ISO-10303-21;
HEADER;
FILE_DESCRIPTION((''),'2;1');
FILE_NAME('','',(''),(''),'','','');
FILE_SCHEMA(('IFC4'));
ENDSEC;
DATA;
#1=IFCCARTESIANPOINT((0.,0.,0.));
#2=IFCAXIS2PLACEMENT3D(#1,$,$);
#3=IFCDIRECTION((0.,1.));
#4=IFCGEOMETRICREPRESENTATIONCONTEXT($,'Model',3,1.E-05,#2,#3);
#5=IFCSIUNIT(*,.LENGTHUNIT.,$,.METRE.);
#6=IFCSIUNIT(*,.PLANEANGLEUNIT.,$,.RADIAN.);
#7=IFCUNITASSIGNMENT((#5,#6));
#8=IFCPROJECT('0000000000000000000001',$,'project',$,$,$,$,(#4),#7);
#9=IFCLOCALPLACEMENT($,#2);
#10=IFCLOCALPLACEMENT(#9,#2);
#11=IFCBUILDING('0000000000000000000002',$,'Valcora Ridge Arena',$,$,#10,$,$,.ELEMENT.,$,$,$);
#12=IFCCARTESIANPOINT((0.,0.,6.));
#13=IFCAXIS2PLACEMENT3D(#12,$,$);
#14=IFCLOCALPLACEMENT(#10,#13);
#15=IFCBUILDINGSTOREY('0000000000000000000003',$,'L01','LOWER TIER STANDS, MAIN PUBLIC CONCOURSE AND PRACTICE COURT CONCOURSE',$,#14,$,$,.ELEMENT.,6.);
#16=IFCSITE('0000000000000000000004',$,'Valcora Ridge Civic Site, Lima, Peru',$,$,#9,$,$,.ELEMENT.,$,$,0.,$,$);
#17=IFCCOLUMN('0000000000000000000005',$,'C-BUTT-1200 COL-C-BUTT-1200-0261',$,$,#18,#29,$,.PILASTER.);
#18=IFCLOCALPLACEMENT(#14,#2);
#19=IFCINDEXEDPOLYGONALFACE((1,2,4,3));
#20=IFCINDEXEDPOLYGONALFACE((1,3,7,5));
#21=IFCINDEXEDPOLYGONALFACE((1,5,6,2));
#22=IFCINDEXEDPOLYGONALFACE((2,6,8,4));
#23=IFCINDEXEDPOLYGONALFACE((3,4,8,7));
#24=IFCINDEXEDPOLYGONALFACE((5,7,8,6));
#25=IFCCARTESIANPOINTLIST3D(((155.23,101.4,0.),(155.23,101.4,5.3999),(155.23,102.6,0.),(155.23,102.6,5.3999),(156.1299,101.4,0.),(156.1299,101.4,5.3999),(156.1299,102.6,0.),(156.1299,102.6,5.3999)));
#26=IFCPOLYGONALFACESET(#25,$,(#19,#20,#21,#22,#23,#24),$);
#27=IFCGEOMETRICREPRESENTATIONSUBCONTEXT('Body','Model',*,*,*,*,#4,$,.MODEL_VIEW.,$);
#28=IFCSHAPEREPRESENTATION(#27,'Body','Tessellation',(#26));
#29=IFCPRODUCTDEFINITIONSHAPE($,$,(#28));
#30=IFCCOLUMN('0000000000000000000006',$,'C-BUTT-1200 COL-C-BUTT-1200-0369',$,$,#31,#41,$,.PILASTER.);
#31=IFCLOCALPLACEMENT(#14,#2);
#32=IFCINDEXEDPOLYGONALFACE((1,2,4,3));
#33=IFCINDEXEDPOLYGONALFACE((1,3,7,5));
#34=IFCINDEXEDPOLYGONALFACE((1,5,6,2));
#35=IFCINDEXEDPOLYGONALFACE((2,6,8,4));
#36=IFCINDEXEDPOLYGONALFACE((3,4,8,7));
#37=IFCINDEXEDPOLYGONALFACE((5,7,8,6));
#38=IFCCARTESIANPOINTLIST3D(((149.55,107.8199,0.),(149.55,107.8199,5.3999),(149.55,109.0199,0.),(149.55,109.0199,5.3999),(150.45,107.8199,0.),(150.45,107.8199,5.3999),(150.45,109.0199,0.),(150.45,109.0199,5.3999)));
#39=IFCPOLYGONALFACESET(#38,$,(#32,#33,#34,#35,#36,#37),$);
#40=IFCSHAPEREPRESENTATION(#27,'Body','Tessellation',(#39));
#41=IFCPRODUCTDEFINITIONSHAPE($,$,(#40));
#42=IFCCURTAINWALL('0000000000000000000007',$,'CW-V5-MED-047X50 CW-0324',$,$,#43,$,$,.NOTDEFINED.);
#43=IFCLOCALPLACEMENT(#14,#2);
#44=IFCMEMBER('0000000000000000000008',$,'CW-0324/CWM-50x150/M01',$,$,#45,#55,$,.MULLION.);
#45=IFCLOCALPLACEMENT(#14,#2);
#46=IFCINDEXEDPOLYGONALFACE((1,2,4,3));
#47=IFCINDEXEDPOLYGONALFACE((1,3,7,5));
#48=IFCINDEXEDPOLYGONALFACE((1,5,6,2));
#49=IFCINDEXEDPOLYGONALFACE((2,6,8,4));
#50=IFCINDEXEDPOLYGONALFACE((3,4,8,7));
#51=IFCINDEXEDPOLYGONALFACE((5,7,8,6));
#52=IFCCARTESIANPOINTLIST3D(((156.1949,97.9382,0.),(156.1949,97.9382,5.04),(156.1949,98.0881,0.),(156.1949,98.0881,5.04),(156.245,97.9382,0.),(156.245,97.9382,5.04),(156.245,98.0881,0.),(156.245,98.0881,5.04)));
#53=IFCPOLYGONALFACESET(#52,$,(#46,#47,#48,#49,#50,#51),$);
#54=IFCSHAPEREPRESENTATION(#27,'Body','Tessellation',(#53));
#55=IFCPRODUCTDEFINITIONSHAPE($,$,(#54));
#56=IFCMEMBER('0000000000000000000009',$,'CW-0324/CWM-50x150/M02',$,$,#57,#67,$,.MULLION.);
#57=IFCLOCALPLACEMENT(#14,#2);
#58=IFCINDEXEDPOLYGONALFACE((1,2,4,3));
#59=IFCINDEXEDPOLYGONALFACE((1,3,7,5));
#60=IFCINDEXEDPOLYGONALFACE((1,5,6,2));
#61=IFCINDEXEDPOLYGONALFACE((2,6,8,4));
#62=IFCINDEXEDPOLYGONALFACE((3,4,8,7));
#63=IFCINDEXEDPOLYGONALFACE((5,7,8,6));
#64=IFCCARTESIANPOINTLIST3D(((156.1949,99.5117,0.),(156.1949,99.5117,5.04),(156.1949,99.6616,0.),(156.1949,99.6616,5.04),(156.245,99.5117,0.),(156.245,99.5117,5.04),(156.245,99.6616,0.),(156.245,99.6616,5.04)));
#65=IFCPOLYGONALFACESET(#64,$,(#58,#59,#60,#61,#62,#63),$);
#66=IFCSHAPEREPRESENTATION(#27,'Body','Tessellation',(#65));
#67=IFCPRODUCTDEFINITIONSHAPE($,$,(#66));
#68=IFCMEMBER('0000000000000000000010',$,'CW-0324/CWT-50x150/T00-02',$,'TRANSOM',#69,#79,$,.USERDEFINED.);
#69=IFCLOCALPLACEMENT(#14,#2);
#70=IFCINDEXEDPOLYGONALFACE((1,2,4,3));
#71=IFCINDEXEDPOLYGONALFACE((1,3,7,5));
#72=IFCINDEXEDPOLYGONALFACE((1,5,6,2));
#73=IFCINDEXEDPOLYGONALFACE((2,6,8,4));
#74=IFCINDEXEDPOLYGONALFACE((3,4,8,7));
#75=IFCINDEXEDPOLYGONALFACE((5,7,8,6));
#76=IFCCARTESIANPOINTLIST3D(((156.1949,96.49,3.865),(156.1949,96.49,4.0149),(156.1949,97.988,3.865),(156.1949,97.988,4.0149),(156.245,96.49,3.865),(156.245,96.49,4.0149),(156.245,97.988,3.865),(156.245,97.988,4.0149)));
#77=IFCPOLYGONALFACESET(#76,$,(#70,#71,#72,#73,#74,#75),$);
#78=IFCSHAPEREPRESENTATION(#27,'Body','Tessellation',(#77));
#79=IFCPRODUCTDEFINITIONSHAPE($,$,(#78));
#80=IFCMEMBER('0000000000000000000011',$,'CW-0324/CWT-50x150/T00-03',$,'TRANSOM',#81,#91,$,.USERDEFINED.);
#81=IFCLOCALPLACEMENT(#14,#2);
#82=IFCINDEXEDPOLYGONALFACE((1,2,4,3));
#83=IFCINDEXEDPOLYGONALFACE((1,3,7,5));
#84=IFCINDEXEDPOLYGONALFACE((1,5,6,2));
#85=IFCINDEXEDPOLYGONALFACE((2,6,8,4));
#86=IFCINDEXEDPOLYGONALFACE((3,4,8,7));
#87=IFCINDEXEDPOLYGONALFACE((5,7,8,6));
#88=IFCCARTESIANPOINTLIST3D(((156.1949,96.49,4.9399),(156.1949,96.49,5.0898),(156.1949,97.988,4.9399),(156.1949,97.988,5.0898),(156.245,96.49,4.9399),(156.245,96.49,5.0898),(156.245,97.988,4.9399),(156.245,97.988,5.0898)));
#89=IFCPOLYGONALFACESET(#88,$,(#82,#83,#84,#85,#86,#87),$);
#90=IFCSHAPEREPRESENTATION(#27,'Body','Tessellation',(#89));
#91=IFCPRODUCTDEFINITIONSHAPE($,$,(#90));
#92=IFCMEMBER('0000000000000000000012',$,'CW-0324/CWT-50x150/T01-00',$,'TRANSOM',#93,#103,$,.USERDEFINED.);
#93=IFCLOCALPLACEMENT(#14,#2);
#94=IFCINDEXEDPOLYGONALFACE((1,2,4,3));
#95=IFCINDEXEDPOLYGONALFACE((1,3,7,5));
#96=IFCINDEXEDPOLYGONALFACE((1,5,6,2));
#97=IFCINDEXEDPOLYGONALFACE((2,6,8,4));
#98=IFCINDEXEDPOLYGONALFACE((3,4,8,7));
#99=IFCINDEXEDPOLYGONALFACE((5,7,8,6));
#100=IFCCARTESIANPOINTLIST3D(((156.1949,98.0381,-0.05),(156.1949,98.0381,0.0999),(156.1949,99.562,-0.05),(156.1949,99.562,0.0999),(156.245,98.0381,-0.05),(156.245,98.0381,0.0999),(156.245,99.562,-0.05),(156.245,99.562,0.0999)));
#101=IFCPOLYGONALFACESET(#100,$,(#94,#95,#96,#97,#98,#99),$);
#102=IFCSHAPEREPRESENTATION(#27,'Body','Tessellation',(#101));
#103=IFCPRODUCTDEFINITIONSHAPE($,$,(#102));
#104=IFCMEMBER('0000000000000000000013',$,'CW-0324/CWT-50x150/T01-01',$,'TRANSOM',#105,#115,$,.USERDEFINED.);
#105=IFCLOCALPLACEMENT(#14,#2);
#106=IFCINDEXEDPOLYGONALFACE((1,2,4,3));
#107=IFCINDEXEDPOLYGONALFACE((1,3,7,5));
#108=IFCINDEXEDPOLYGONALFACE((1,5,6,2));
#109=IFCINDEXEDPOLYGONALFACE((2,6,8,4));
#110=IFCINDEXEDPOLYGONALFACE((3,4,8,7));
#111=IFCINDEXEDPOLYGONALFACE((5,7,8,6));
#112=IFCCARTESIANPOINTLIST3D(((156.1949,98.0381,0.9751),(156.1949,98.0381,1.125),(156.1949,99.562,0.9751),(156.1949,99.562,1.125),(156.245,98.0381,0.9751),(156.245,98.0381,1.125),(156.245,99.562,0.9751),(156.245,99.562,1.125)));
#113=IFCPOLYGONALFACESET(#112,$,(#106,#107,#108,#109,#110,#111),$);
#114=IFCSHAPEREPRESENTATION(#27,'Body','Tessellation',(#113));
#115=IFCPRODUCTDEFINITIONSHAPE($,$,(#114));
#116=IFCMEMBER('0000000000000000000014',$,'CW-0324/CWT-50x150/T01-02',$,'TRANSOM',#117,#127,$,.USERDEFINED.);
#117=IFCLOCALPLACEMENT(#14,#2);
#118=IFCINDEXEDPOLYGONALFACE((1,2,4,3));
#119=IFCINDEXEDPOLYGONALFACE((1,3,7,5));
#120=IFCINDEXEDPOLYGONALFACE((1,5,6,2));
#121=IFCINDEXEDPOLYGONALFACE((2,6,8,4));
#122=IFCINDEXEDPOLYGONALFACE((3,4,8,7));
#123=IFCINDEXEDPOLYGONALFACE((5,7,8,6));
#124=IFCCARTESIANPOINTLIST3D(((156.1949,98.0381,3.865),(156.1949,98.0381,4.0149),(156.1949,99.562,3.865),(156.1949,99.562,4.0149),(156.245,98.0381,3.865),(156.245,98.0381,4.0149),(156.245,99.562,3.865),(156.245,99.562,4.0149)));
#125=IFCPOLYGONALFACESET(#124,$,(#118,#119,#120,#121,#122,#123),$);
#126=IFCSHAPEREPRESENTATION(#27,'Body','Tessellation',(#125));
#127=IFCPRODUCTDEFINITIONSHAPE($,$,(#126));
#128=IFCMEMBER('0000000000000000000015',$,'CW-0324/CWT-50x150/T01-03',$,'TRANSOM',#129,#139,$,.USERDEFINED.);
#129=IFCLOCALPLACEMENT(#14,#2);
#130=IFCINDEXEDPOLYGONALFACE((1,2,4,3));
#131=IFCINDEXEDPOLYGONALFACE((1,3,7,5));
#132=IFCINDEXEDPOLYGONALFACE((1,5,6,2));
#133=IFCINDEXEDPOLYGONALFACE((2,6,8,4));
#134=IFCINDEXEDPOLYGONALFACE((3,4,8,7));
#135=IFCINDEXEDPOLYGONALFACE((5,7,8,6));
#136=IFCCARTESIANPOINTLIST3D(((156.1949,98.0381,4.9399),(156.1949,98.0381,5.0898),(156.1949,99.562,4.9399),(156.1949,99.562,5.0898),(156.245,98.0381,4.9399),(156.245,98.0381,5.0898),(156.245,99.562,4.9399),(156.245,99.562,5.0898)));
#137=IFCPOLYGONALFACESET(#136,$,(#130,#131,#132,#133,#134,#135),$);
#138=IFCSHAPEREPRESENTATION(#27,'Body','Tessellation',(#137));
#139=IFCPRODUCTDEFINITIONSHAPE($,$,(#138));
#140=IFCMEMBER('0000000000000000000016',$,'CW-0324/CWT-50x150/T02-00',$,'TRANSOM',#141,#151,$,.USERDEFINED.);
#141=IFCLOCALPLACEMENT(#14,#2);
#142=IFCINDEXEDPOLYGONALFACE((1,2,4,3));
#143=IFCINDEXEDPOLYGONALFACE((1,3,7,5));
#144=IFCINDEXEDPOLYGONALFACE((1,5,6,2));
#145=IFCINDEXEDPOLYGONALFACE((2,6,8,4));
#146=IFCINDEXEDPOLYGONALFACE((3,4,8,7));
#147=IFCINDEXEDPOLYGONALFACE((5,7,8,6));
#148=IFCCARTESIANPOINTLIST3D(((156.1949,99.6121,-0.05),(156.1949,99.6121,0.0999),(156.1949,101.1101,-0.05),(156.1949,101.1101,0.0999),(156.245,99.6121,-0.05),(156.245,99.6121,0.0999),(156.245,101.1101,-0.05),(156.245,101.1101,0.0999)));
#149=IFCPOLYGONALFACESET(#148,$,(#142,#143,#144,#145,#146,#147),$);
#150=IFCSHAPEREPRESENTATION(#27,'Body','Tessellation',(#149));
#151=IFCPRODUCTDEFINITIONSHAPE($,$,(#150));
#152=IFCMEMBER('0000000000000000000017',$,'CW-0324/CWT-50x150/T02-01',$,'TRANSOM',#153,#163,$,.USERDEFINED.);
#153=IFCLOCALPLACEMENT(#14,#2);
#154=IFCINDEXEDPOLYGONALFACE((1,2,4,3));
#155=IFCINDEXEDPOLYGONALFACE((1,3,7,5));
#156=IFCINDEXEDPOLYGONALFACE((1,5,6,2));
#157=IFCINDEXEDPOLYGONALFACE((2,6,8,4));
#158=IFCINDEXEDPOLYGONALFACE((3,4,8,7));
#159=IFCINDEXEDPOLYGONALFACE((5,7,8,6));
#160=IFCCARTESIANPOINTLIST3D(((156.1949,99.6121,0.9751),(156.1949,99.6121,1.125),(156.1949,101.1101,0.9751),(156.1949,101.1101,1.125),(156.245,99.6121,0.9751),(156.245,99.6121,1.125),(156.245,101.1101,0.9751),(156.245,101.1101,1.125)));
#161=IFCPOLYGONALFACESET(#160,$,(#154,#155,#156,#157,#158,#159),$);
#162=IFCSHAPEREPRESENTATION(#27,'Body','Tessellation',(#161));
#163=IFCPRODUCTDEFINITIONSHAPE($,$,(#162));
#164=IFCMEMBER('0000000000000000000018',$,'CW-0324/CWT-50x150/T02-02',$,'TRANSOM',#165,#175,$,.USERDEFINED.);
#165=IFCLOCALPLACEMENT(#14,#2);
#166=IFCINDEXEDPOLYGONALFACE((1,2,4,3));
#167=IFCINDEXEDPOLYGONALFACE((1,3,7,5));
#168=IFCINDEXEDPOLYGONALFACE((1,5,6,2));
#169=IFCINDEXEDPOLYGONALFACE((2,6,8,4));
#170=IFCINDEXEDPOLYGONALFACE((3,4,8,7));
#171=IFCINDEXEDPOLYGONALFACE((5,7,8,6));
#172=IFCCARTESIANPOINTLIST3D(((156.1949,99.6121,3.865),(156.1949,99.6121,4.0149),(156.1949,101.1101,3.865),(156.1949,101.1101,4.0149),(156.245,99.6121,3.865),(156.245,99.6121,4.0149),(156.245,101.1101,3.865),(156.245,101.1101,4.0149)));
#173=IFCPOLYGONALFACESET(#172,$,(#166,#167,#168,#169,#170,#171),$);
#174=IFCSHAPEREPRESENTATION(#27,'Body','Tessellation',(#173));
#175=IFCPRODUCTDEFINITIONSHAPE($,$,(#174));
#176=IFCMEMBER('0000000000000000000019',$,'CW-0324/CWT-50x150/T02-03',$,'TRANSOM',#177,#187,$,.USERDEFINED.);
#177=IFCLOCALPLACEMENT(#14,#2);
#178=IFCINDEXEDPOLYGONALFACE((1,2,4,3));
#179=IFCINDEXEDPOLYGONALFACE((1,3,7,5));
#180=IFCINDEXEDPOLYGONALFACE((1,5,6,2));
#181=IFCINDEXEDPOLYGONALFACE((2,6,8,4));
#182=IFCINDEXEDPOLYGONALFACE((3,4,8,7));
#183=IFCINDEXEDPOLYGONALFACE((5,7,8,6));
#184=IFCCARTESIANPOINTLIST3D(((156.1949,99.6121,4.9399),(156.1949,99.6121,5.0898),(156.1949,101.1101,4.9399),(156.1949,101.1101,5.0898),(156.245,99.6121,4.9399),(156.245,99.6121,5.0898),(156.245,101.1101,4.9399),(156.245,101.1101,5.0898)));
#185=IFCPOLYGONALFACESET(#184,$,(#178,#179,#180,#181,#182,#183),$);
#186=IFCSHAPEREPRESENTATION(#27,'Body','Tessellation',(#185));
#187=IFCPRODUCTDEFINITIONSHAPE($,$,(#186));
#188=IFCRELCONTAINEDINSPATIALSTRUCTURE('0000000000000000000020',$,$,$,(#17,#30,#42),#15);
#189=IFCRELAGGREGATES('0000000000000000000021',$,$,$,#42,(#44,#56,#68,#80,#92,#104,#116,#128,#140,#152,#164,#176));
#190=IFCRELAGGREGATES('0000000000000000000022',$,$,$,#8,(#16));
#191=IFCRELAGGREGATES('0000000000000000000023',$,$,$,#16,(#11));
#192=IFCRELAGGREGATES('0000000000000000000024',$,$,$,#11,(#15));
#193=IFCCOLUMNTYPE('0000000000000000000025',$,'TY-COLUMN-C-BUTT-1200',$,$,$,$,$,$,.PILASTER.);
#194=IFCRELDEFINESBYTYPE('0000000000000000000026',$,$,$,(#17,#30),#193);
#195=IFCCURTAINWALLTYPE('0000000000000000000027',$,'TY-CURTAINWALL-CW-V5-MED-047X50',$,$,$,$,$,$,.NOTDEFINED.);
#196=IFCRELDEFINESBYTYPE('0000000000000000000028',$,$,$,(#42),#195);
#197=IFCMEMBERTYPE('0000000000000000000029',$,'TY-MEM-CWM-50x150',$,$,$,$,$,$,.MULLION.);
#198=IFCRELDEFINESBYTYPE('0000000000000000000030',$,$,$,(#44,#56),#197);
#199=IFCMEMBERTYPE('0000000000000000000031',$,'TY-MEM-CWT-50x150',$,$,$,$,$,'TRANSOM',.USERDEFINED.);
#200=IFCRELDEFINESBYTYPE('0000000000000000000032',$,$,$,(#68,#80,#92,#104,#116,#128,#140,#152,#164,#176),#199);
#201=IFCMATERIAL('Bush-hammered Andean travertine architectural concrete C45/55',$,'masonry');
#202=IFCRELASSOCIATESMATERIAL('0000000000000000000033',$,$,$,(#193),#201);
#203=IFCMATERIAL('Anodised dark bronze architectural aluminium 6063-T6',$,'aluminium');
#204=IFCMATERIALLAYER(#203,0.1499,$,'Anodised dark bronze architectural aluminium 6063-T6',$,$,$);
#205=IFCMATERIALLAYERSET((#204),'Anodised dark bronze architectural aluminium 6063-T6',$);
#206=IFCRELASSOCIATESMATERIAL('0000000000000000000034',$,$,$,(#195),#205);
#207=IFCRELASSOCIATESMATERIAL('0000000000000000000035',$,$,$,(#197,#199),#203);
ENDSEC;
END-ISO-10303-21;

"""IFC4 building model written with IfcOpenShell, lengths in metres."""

from ifc_helpers import new_model, si_unit, direction, frame, origin, origin_2d, place, context, subcontext, project, spatial, rectangle, extrude, material, layer, layer_set, material_profile, profile_set, type_object, element, aggregate, save


model = new_model("IFC4")

# Units and contexts
model_context = context("Model", 3, precision=1e-05, world=origin(), true_north=direction((0.0, 1.0)))
body_context = subcontext(model_context, "Body", "Model", "MODEL_VIEW")
ifc_project = project(units=[si_unit("LENGTHUNIT", "METRE"), si_unit("PLANEANGLEUNIT", "RADIAN")], contexts=[model_context])

# Site, building, storey
site_placement = place(None, origin())
site = spatial("IfcSite", under=ifc_project, at=site_placement, Name="Valcora Ridge Civic Site, Lima, Peru", CompositionType="ELEMENT", RefElevation=0.0)
building_placement = place(site_placement, origin())
building = spatial("IfcBuilding", under=site, at=building_placement, Name="Valcora Ridge Arena", CompositionType="ELEMENT")
storey_placement = place(building_placement, frame((0.0, 0.0, 6.0)))
storey = spatial("IfcBuildingStorey", under=building, at=storey_placement, Name="L01", Description="LOWER TIER STANDS, MAIN PUBLIC CONCOURSE AND PRACTICE COURT CONCOURSE", CompositionType="ELEMENT", Elevation=6.0)

# Columns
ifc_material_1 = material(Name="Bush-hammered Andean travertine architectural concrete C45/55", Category="masonry")
ifc_material_profile_1 = material_profile(ifc_material_1, rectangle(XDim=0.8999, YDim=1.2, at=origin_2d()), Name="RC 900x1200")
ifc_profile_set_1 = profile_set([ifc_material_profile_1], Name="Bush-hammered Andean travertine architectural concrete C45/55")
column_type = type_object("IfcColumnType", Name="TY-COLUMN-C-BUTT-1200", PredefinedType="PILASTER", material=ifc_profile_set_1)
for number, where, z_axis, x_axis, name in (
    (1, (155.6799, 102.0, 0.0), (0.0, 0.0, 1.0), (1.0, 0.0, 0.0), "C-BUTT-1200 COL-C-BUTT-1200-0261"),
    (2, (150.0, 108.4199, 0.0), (0.0, 0.0, 1.0), (1.0, 0.0, 0.0), "C-BUTT-1200 COL-C-BUTT-1200-0369"),
):
    element("IfcColumn", number, at=place(storey_placement, frame(where, z_axis=z_axis, x_axis=x_axis)), inside=storey, type_object=column_type, Name=name, PredefinedType="PILASTER", context=body_context, shape_type="SweptSolid", body=[
        extrude(rectangle(XDim=0.8999, YDim=1.2, at=origin_2d()), origin(), (0.0, 0.0, 1.0), 5.3999),
    ])

# Curtain wall, members
ifc_material_2 = material(Name="Anodised dark bronze architectural aluminium 6063-T6", Category="aluminium")
ifc_layer_1 = layer(ifc_material_2, 0.1499, Name="Anodised dark bronze architectural aluminium 6063-T6")
ifc_layer_set_1 = layer_set([ifc_layer_1], Name="Anodised dark bronze architectural aluminium 6063-T6")
curtain_wall_type = type_object("IfcCurtainWallType", Name="TY-CURTAINWALL-CW-V5-MED-047X50", PredefinedType="NOTDEFINED", material=ifc_layer_set_1)
curtain_wall_placement = place(storey_placement, origin())
curtain_wall = element("IfcCurtainWall", 3, at=curtain_wall_placement, inside=storey, type_object=curtain_wall_type, Name="CW-V5-MED-047X50 CW-0324", PredefinedType="NOTDEFINED")
ifc_material_profile_2 = material_profile(ifc_material_2, rectangle(XDim=0.05, YDim=0.1499, at=origin_2d()), Name="ALU MULLION 50x150")
ifc_profile_set_2 = profile_set([ifc_material_profile_2], Name="Anodised dark bronze architectural aluminium 6063-T6")
member_type_1 = type_object("IfcMemberType", Name="TY-MEM-CWM-50x150", PredefinedType="MULLION", material=ifc_profile_set_2)
member_1_placement = place(storey_placement, frame((156.22, 98.0132, 0.0), z_axis=(0.0, 0.0, 1.0), x_axis=(-1.0, 0.0, 0.0)))
member_1 = element("IfcMember", 4, at=member_1_placement, type_object=member_type_1, Name="CW-0324/CWM-50x150/M01", PredefinedType="MULLION", context=body_context, shape_type="SweptSolid", body=[
    extrude(rectangle(XDim=0.05, YDim=0.1499, at=origin_2d()), origin(), (0.0, 0.0, 1.0), 5.04),
])
member_2_placement = place(storey_placement, frame((156.22, 99.5867, 0.0), z_axis=(0.0, 0.0, 1.0), x_axis=(-1.0, 0.0, 0.0)))
member_2 = element("IfcMember", 5, at=member_2_placement, type_object=member_type_1, Name="CW-0324/CWM-50x150/M02", PredefinedType="MULLION", context=body_context, shape_type="SweptSolid", body=[
    extrude(rectangle(XDim=0.05, YDim=0.1499, at=origin_2d()), origin(), (0.0, 0.0, 1.0), 5.04),
])
ifc_material_profile_3 = material_profile(ifc_material_2, rectangle(XDim=0.05, YDim=0.1499, at=origin_2d()), Name="ALU TRANSOM 50x150")
ifc_profile_set_3 = profile_set([ifc_material_profile_3], Name="Anodised dark bronze architectural aluminium 6063-T6")
member_type_2 = type_object("IfcMemberType", Name="TY-MEM-CWT-50x150", ElementType="TRANSOM", PredefinedType="USERDEFINED", material=ifc_profile_set_3)
member_3_placement = place(storey_placement, frame((156.22, 96.49, 3.9399), z_axis=(0.0, 1.0, 0.0), x_axis=(-1.0, 0.0, 0.0)))
member_3 = element("IfcMember", 6, at=member_3_placement, type_object=member_type_2, Name="CW-0324/CWT-50x150/T00-02", ObjectType="TRANSOM", PredefinedType="USERDEFINED", context=body_context, shape_type="SweptSolid", body=[
    extrude(rectangle(XDim=0.05, YDim=0.1499, at=origin_2d()), origin(), (0.0, 0.0, 1.0), 1.498),
])
member_4_placement = place(storey_placement, frame((156.22, 96.49, 5.0149), z_axis=(0.0, 1.0, 0.0), x_axis=(-1.0, 0.0, 0.0)))
member_4 = element("IfcMember", 7, at=member_4_placement, type_object=member_type_2, Name="CW-0324/CWT-50x150/T00-03", ObjectType="TRANSOM", PredefinedType="USERDEFINED", context=body_context, shape_type="SweptSolid", body=[
    extrude(rectangle(XDim=0.05, YDim=0.1499, at=origin_2d()), origin(), (0.0, 0.0, 1.0), 1.498),
])
member_5_placement = place(storey_placement, frame((156.22, 98.0381, 0.0249), z_axis=(0.0, 1.0, 0.0), x_axis=(-1.0, 0.0, 0.0)))
member_5 = element("IfcMember", 8, at=member_5_placement, type_object=member_type_2, Name="CW-0324/CWT-50x150/T01-00", ObjectType="TRANSOM", PredefinedType="USERDEFINED", context=body_context, shape_type="SweptSolid", body=[
    extrude(rectangle(XDim=0.05, YDim=0.1499, at=origin_2d()), origin(), (0.0, 0.0, 1.0), 1.5239),
])
member_6_placement = place(storey_placement, frame((156.22, 98.0381, 1.05), z_axis=(0.0, 1.0, 0.0), x_axis=(-1.0, 0.0, 0.0)))
member_6 = element("IfcMember", 9, at=member_6_placement, type_object=member_type_2, Name="CW-0324/CWT-50x150/T01-01", ObjectType="TRANSOM", PredefinedType="USERDEFINED", context=body_context, shape_type="SweptSolid", body=[
    extrude(rectangle(XDim=0.05, YDim=0.1499, at=origin_2d()), origin(), (0.0, 0.0, 1.0), 1.5239),
])
member_7_placement = place(storey_placement, frame((156.22, 98.0381, 3.9399), z_axis=(0.0, 1.0, 0.0), x_axis=(-1.0, 0.0, 0.0)))
member_7 = element("IfcMember", 10, at=member_7_placement, type_object=member_type_2, Name="CW-0324/CWT-50x150/T01-02", ObjectType="TRANSOM", PredefinedType="USERDEFINED", context=body_context, shape_type="SweptSolid", body=[
    extrude(rectangle(XDim=0.05, YDim=0.1499, at=origin_2d()), origin(), (0.0, 0.0, 1.0), 1.5239),
])
member_8_placement = place(storey_placement, frame((156.22, 98.0381, 5.0149), z_axis=(0.0, 1.0, 0.0), x_axis=(-1.0, 0.0, 0.0)))
member_8 = element("IfcMember", 11, at=member_8_placement, type_object=member_type_2, Name="CW-0324/CWT-50x150/T01-03", ObjectType="TRANSOM", PredefinedType="USERDEFINED", context=body_context, shape_type="SweptSolid", body=[
    extrude(rectangle(XDim=0.05, YDim=0.1499, at=origin_2d()), origin(), (0.0, 0.0, 1.0), 1.5239),
])
member_9_placement = place(storey_placement, frame((156.22, 99.6121, 0.0249), z_axis=(0.0, 1.0, 0.0), x_axis=(-1.0, 0.0, 0.0)))
member_9 = element("IfcMember", 12, at=member_9_placement, type_object=member_type_2, Name="CW-0324/CWT-50x150/T02-00", ObjectType="TRANSOM", PredefinedType="USERDEFINED", context=body_context, shape_type="SweptSolid", body=[
    extrude(rectangle(XDim=0.05, YDim=0.1499, at=origin_2d()), origin(), (0.0, 0.0, 1.0), 1.498),
])
member_10_placement = place(storey_placement, frame((156.22, 99.6121, 1.05), z_axis=(0.0, 1.0, 0.0), x_axis=(-1.0, 0.0, 0.0)))
member_10 = element("IfcMember", 13, at=member_10_placement, type_object=member_type_2, Name="CW-0324/CWT-50x150/T02-01", ObjectType="TRANSOM", PredefinedType="USERDEFINED", context=body_context, shape_type="SweptSolid", body=[
    extrude(rectangle(XDim=0.05, YDim=0.1499, at=origin_2d()), origin(), (0.0, 0.0, 1.0), 1.498),
])
member_11_placement = place(storey_placement, frame((156.22, 99.6121, 3.9399), z_axis=(0.0, 1.0, 0.0), x_axis=(-1.0, 0.0, 0.0)))
member_11 = element("IfcMember", 14, at=member_11_placement, type_object=member_type_2, Name="CW-0324/CWT-50x150/T02-02", ObjectType="TRANSOM", PredefinedType="USERDEFINED", context=body_context, shape_type="SweptSolid", body=[
    extrude(rectangle(XDim=0.05, YDim=0.1499, at=origin_2d()), origin(), (0.0, 0.0, 1.0), 1.498),
])
member_12_placement = place(storey_placement, frame((156.22, 99.6121, 5.0149), z_axis=(0.0, 1.0, 0.0), x_axis=(-1.0, 0.0, 0.0)))
member_12 = element("IfcMember", 15, at=member_12_placement, type_object=member_type_2, Name="CW-0324/CWT-50x150/T02-03", ObjectType="TRANSOM", PredefinedType="USERDEFINED", context=body_context, shape_type="SweptSolid", body=[
    extrude(rectangle(XDim=0.05, YDim=0.1499, at=origin_2d()), origin(), (0.0, 0.0, 1.0), 1.498),
])
aggregate(curtain_wall, [member_1, member_2, member_3, member_4, member_5, member_6, member_7, member_8, member_9, member_10, member_11, member_12])

save(model, "model.ifc")
